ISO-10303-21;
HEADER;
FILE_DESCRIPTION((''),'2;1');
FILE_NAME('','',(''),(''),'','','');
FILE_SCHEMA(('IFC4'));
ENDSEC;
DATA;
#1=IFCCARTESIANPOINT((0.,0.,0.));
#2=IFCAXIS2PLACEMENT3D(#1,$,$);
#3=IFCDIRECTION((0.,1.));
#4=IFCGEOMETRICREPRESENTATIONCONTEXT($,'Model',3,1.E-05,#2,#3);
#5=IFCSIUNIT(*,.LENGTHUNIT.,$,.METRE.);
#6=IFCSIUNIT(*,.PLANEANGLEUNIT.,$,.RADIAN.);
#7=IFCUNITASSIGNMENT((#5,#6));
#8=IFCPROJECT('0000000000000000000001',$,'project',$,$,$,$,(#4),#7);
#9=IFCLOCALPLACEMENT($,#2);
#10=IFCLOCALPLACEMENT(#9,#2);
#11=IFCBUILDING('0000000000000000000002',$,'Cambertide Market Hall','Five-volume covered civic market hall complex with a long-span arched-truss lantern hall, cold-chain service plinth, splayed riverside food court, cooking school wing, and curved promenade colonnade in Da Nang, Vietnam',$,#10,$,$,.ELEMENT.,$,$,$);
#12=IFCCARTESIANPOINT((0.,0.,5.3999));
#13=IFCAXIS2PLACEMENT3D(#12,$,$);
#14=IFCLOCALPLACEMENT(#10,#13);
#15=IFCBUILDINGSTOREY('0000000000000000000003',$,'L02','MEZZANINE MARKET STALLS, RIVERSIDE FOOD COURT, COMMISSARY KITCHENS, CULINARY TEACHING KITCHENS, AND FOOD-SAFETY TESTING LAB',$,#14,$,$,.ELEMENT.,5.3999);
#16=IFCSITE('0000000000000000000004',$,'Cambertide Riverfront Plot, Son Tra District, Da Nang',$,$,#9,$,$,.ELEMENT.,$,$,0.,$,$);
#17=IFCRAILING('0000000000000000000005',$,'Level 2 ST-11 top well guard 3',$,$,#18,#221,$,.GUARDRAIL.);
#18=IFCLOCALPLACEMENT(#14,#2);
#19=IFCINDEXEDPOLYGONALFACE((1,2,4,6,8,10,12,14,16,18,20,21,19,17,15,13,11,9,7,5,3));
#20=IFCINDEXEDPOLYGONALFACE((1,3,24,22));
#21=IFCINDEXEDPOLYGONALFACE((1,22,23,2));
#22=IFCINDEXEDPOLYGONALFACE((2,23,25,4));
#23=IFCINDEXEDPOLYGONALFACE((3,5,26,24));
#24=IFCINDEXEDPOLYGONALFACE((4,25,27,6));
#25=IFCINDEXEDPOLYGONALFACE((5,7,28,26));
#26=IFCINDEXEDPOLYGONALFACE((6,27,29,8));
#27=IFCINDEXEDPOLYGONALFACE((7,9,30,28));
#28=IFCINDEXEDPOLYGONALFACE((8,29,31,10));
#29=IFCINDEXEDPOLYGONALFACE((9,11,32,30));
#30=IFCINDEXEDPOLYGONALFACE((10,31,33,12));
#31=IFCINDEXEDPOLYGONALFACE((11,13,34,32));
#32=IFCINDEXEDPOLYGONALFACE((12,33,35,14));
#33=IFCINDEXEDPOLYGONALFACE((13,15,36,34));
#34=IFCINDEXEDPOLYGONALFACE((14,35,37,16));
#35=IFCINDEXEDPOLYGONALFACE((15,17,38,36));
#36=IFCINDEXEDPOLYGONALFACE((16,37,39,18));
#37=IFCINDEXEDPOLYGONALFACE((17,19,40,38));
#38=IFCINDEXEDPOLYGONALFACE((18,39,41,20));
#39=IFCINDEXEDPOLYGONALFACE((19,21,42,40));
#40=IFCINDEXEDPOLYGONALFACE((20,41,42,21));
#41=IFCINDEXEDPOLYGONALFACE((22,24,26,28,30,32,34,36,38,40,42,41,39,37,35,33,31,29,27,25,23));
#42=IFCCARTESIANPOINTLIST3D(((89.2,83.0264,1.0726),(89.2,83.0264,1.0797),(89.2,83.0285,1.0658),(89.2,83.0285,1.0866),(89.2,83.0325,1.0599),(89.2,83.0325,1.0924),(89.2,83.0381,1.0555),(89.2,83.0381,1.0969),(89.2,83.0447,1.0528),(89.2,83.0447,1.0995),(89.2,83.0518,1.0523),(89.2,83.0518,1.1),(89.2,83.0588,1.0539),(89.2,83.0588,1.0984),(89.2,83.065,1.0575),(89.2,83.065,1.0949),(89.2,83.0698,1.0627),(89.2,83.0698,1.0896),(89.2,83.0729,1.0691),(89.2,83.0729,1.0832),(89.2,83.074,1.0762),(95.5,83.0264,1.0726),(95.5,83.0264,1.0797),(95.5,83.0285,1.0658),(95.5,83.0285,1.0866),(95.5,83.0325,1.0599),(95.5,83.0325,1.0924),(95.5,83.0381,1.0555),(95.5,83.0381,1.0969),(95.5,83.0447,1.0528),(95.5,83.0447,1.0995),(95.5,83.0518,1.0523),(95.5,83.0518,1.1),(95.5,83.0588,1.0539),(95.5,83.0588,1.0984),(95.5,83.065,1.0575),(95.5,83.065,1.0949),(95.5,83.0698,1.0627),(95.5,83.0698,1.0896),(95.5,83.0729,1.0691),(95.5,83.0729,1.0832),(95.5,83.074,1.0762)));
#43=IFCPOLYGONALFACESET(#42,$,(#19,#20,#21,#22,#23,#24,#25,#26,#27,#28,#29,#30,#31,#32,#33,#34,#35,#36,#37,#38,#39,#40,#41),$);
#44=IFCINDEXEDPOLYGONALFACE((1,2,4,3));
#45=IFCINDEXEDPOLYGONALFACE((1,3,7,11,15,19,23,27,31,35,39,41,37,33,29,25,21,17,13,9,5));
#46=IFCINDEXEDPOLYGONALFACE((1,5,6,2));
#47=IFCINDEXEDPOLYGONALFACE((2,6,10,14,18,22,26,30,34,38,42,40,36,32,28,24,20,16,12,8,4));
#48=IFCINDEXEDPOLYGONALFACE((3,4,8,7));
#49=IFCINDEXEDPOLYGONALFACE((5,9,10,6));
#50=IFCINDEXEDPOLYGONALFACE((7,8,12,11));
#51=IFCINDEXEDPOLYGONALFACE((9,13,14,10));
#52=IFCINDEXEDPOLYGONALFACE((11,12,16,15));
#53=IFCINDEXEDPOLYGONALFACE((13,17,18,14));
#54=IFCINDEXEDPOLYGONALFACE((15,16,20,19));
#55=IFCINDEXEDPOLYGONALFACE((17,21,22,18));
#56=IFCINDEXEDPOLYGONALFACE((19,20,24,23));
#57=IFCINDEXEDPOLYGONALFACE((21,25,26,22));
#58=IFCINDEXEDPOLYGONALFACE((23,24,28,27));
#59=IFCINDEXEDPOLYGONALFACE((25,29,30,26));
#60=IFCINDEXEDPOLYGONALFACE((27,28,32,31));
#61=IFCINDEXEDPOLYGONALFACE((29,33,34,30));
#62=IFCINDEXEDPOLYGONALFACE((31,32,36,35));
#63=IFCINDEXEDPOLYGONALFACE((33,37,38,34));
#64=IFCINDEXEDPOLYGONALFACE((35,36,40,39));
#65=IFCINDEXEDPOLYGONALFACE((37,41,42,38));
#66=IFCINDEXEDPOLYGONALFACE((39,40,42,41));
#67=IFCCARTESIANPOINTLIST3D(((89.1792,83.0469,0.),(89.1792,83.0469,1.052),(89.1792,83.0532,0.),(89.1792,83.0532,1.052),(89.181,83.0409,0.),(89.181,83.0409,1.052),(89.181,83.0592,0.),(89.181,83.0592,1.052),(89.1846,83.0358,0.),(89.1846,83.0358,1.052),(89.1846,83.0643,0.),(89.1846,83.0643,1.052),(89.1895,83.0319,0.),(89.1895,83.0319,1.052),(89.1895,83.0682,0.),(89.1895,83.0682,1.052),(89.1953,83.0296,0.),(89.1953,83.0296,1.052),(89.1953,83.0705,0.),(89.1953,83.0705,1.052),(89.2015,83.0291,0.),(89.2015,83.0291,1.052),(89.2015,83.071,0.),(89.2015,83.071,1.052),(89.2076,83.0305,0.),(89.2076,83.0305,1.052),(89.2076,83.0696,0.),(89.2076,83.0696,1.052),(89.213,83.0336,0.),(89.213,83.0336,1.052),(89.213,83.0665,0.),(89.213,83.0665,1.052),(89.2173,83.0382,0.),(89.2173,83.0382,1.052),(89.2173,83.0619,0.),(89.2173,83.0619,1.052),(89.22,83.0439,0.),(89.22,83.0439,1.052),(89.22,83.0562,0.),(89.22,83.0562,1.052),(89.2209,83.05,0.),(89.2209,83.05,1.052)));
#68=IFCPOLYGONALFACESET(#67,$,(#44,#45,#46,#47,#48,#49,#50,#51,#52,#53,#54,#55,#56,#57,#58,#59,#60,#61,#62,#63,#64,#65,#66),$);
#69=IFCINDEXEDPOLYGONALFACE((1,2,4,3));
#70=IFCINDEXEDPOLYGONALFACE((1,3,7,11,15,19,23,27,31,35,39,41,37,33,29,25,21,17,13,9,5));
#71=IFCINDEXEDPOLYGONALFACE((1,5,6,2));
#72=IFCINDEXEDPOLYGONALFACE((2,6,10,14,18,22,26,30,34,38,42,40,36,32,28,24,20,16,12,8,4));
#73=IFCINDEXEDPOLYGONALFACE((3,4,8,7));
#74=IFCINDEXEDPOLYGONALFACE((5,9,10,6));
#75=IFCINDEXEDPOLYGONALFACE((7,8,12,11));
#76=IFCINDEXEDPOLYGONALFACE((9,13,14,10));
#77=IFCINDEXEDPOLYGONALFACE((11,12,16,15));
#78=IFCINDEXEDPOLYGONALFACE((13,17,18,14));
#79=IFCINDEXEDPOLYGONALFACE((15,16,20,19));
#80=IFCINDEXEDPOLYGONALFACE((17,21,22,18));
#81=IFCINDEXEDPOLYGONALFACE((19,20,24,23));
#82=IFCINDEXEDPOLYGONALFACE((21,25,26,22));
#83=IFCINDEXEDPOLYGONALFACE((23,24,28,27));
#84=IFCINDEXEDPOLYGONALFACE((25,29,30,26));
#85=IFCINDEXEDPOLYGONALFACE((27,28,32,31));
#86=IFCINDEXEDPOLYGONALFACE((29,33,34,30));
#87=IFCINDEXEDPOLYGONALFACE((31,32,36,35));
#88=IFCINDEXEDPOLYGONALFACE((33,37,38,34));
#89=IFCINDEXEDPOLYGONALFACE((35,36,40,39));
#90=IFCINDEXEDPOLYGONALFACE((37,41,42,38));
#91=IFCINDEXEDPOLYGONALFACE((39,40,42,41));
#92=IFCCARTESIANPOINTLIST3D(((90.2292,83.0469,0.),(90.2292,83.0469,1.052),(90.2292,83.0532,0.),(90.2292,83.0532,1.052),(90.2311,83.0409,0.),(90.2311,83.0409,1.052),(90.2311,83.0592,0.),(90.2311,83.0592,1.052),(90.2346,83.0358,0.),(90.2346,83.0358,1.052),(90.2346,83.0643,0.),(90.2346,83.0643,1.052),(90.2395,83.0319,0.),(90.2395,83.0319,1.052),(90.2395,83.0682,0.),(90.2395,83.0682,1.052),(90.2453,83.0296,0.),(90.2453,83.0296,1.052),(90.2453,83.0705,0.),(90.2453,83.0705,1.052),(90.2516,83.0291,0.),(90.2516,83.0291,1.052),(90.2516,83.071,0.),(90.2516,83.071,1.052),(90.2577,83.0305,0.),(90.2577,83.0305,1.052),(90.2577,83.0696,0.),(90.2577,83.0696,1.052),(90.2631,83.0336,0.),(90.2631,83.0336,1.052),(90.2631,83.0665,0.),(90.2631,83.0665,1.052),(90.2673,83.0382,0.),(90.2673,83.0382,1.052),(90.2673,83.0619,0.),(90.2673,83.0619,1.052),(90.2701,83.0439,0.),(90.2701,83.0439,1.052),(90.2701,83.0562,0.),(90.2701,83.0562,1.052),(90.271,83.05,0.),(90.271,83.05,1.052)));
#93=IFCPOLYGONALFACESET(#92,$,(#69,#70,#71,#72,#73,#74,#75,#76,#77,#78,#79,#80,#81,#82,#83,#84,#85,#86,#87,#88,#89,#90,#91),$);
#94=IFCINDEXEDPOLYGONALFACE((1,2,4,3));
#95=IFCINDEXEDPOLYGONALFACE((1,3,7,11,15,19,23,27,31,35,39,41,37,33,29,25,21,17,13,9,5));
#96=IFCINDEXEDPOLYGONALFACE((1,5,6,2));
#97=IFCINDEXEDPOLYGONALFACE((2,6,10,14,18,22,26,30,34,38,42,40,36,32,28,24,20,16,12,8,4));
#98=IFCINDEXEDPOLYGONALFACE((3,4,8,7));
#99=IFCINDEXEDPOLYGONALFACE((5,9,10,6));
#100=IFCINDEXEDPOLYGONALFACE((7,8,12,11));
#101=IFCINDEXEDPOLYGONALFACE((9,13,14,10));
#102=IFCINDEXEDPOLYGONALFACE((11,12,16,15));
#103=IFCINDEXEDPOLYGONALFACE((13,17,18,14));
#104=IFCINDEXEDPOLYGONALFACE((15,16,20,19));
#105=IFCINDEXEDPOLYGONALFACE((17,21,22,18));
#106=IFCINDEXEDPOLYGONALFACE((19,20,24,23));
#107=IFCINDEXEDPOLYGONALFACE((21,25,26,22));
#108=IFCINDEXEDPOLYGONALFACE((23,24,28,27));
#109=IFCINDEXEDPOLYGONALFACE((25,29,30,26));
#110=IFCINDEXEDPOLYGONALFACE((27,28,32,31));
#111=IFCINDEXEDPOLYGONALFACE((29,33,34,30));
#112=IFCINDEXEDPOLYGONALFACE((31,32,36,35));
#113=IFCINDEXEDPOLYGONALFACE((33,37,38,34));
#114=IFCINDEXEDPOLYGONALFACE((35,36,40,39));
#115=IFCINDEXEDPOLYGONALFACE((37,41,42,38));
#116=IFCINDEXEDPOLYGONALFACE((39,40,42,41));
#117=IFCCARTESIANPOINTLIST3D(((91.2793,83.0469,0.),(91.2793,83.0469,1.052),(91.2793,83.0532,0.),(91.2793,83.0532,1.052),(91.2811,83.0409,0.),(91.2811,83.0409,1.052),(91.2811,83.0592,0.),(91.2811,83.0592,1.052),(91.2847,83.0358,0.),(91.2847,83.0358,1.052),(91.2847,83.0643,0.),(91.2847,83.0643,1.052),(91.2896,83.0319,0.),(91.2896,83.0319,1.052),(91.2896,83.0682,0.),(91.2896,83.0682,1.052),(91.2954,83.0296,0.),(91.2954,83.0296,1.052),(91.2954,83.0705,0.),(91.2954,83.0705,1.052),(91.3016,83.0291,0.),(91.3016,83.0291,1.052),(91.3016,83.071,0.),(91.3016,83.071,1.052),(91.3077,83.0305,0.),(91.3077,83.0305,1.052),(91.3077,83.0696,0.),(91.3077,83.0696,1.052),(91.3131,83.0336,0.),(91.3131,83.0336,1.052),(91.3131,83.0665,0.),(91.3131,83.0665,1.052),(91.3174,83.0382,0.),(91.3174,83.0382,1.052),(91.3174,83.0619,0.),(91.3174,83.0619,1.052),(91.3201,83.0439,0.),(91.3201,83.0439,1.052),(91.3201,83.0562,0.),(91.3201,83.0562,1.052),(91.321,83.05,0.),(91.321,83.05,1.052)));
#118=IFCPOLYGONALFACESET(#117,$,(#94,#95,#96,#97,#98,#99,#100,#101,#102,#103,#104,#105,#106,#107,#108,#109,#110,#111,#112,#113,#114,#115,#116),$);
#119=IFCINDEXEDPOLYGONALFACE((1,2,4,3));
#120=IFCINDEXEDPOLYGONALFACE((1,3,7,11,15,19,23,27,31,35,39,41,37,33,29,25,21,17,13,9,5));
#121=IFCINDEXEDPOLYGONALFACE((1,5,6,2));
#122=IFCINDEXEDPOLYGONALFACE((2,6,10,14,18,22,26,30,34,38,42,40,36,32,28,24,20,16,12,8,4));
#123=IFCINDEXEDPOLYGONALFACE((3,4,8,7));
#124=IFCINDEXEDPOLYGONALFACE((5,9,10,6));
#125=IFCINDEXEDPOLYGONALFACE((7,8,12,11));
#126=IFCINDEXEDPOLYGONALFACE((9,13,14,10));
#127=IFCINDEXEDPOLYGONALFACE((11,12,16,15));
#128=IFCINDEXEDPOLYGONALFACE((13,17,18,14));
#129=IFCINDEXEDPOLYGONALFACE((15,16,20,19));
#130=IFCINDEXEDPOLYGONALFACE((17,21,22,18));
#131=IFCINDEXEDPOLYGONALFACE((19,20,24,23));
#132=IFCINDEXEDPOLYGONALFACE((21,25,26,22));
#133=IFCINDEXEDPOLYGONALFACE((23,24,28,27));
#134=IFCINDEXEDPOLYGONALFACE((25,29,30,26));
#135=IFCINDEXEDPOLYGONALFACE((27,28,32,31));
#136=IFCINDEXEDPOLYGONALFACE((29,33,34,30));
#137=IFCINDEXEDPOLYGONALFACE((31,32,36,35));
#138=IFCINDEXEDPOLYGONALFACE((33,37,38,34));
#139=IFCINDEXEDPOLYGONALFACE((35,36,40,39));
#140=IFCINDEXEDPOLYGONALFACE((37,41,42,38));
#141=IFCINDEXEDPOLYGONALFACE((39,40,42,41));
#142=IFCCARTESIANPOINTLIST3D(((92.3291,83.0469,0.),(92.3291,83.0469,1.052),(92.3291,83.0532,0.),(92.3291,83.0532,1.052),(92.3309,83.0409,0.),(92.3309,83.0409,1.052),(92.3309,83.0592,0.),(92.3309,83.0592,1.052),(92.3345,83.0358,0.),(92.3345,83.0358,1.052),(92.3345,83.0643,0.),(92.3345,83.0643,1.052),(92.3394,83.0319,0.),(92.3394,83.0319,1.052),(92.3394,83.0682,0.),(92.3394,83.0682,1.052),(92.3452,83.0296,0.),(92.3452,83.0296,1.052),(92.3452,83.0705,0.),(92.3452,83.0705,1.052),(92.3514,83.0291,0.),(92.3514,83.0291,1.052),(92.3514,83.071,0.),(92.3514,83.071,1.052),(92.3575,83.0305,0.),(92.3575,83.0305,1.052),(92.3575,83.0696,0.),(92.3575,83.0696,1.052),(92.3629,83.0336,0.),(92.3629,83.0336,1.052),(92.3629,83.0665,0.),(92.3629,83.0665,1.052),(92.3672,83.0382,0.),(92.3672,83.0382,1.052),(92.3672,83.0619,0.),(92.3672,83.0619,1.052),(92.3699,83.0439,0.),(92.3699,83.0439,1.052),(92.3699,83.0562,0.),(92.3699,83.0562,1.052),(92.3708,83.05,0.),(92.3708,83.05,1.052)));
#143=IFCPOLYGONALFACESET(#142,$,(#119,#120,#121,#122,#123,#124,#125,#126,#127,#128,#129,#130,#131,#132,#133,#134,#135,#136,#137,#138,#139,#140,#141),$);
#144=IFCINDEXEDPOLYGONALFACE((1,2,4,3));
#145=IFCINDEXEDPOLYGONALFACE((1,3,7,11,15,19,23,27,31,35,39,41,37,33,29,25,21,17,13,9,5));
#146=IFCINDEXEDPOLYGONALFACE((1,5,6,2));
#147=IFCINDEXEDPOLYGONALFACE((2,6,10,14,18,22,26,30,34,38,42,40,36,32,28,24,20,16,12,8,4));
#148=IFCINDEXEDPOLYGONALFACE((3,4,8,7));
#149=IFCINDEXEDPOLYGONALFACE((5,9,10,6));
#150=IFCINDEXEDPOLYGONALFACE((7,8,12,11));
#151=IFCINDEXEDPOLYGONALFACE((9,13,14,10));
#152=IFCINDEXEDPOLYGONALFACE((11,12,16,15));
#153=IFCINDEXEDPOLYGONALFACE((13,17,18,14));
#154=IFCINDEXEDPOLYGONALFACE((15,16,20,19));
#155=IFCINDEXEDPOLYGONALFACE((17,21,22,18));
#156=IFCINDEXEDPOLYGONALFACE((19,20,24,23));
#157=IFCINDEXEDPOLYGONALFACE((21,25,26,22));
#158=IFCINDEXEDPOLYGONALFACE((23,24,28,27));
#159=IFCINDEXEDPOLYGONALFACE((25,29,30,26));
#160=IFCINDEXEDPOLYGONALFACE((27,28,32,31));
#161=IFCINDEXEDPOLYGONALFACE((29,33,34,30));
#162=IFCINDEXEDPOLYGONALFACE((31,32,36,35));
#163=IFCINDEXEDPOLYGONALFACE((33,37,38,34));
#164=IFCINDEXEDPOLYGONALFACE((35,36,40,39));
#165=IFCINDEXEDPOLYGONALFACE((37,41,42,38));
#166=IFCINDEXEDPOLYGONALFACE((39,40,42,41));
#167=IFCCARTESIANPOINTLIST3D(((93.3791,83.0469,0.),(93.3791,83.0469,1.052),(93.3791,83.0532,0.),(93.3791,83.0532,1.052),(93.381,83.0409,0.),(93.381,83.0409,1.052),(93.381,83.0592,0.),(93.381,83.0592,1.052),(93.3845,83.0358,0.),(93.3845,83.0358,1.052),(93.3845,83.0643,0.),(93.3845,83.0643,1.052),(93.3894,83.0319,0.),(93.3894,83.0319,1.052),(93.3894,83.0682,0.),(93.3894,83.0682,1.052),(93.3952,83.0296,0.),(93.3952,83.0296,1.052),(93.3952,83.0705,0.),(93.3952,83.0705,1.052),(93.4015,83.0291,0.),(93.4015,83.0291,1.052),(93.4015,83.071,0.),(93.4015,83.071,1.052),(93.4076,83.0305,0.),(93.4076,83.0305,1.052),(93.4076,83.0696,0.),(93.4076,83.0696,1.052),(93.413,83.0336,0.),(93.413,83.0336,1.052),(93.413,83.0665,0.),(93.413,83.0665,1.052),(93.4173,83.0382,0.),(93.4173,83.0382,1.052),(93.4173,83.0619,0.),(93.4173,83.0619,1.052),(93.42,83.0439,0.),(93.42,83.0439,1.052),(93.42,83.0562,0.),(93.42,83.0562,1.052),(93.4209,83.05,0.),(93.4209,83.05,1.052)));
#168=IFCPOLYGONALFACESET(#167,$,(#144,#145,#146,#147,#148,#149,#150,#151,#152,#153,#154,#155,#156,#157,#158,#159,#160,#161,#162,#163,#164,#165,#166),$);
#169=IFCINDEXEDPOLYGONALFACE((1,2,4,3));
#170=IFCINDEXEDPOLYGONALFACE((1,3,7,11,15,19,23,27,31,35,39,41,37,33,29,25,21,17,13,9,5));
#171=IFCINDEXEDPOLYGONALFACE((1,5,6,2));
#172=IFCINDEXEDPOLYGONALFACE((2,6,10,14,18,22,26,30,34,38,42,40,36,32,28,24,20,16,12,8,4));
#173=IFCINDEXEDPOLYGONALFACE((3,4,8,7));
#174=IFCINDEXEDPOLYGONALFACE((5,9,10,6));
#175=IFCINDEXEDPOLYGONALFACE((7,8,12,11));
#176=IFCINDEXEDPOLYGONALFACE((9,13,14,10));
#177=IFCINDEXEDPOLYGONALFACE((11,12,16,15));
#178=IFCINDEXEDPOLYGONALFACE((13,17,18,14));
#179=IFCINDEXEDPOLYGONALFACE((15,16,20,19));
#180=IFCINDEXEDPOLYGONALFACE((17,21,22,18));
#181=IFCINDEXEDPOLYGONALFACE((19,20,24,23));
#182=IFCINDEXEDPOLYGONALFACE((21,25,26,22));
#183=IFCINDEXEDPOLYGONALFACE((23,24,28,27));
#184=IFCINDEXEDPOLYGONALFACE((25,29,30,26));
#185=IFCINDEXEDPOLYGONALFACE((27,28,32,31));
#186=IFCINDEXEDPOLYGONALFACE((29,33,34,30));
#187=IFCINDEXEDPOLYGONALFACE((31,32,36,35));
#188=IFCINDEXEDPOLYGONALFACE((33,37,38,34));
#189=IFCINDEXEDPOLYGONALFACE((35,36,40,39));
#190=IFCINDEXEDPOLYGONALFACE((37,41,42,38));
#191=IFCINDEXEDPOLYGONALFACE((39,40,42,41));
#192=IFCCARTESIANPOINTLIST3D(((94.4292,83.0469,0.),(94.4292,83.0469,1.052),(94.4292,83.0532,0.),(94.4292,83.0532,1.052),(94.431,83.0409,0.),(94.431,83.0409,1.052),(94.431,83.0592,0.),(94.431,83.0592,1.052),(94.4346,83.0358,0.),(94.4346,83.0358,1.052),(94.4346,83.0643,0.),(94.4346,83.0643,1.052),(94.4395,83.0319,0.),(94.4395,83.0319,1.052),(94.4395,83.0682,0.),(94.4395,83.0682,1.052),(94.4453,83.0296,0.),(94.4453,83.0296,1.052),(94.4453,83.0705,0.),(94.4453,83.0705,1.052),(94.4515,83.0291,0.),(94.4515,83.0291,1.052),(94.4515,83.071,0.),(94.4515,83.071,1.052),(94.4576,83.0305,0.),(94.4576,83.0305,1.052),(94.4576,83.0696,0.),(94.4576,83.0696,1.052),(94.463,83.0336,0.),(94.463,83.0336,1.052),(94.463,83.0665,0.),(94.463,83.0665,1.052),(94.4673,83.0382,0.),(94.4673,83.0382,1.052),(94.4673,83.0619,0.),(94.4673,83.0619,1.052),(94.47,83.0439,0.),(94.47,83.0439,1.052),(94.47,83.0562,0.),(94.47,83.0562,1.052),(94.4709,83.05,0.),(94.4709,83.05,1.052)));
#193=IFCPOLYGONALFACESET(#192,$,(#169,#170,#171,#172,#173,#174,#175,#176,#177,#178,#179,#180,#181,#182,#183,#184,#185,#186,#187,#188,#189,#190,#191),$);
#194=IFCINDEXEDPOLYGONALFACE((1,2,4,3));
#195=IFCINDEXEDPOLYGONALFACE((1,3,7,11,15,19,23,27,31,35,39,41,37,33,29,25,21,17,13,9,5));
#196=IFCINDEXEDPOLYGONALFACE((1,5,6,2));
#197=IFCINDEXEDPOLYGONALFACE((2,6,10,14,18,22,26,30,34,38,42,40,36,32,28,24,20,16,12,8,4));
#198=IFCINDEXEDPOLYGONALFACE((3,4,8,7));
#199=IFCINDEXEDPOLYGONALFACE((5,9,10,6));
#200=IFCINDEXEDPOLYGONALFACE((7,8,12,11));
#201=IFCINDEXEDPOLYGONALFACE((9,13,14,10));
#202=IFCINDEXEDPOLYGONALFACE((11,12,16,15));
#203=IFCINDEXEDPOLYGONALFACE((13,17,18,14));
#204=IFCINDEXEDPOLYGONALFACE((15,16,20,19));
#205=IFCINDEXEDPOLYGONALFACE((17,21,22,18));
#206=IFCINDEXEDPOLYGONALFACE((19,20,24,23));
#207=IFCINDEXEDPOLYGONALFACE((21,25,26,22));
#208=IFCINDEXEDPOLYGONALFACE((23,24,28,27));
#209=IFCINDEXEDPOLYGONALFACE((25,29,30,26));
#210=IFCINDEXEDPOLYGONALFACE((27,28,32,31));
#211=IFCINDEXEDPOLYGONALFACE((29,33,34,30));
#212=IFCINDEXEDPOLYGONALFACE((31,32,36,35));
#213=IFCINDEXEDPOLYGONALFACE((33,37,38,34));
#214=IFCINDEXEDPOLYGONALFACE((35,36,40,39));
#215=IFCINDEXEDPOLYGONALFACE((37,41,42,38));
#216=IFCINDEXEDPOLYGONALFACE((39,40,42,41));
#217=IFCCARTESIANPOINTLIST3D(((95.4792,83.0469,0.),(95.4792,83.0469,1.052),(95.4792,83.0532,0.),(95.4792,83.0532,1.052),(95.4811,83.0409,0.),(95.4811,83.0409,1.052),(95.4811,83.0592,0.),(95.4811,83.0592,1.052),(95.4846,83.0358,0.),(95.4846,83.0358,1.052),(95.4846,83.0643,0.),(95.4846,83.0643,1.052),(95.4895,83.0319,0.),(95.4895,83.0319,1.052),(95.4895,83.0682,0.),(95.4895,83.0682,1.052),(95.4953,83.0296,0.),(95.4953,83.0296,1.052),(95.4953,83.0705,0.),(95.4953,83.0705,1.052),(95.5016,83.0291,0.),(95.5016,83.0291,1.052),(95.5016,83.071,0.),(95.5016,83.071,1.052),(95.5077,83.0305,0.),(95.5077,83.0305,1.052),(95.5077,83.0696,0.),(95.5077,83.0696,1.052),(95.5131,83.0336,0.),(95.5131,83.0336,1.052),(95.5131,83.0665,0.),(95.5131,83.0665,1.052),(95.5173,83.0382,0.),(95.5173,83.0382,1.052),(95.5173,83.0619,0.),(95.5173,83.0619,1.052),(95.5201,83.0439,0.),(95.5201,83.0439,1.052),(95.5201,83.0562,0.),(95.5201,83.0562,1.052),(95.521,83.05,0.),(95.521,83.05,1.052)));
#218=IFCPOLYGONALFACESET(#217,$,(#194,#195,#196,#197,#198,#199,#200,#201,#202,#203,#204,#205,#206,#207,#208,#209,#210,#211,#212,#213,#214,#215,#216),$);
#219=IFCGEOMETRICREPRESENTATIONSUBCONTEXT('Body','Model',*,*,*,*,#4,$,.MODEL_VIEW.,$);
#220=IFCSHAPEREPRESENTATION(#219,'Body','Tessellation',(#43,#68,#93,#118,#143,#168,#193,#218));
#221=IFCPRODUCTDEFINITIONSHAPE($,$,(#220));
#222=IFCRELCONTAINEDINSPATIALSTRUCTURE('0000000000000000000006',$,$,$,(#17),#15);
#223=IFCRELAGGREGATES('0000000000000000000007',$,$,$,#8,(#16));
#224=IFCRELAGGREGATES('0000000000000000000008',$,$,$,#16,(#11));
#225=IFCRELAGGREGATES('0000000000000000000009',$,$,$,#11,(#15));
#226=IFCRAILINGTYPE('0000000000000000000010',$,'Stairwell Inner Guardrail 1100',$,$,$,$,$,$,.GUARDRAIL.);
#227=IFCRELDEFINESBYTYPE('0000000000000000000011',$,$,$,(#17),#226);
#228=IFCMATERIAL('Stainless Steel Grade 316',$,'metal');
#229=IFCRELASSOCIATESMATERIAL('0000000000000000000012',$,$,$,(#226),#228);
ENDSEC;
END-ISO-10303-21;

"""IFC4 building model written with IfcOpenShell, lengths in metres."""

from ifc_helpers import new_model, si_unit, direction, frame, origin, origin_2d, place, context, subcontext, project, spatial, circle, extrude, material, type_object, element, save


model = new_model("IFC4")

# Units and contexts
model_context = context("Model", 3, precision=1e-05, world=origin(), true_north=direction((0.0, 1.0)))
body_context = subcontext(model_context, "Body", "Model", "MODEL_VIEW")
ifc_project = project(units=[si_unit("LENGTHUNIT", "METRE"), si_unit("PLANEANGLEUNIT", "RADIAN")], contexts=[model_context])

# Site, building, storey
site_placement = place(None, origin())
site = spatial("IfcSite", under=ifc_project, at=site_placement, Name="Cambertide Riverfront Plot, Son Tra District, Da Nang", CompositionType="ELEMENT", RefElevation=0.0)
building_placement = place(site_placement, origin())
building = spatial("IfcBuilding", under=site, at=building_placement, Name="Cambertide Market Hall", Description="Five-volume covered civic market hall complex with a long-span arched-truss lantern hall, cold-chain service plinth, splayed riverside food court, cooking school wing, and curved promenade colonnade in Da Nang, Vietnam", CompositionType="ELEMENT")
storey_placement = place(building_placement, frame((0.0, 0.0, 5.3999)))
storey = spatial("IfcBuildingStorey", under=building, at=storey_placement, Name="L02", Description="MEZZANINE MARKET STALLS, RIVERSIDE FOOD COURT, COMMISSARY KITCHENS, CULINARY TEACHING KITCHENS, AND FOOD-SAFETY TESTING LAB", CompositionType="ELEMENT", Elevation=5.3999)

# Railing
ifc_material_1 = material(Name="Stainless Steel Grade 316", Category="metal")
railing_type = type_object("IfcRailingType", Name="Stairwell Inner Guardrail 1100", PredefinedType="GUARDRAIL", material=ifc_material_1)
for number, where, name in (
    (1, (89.2, 83.05, 0.0), "Level 2 ST-11 top well guard 3"),
):
    element("IfcRailing", number, at=place(storey_placement, frame(where)), inside=storey, type_object=railing_type, Name=name, PredefinedType="GUARDRAIL", context=body_context, shape_type="SweptSolid", body=[
        extrude(circle(Radius=0.0239, at=origin_2d()), frame((0.0, 0.0, 1.0762), z_axis=(1.0, 0.0, 0.0), x_axis=(0.0, 1.0, 0.0)), (0.0, 0.0, 1.0), 6.3),
        extrude(circle(Radius=0.021, at=origin_2d()), origin(), (0.0, 0.0, 1.0), 1.052),
        extrude(circle(Radius=0.021, at=origin_2d()), frame((1.05, 0.0, 0.0)), (0.0, 0.0, 1.0), 1.052),
        extrude(circle(Radius=0.021, at=origin_2d()), frame((2.1001, 0.0, 0.0)), (0.0, 0.0, 1.0), 1.052),
        extrude(circle(Radius=0.021, at=origin_2d()), frame((3.1499, 0.0, 0.0)), (0.0, 0.0, 1.0), 1.052),
        extrude(circle(Radius=0.021, at=origin_2d()), frame((4.2, 0.0, 0.0)), (0.0, 0.0, 1.0), 1.052),
        extrude(circle(Radius=0.021, at=origin_2d()), frame((5.25, 0.0, 0.0)), (0.0, 0.0, 1.0), 1.052),
        extrude(circle(Radius=0.021, at=origin_2d()), frame((6.3, 0.0, 0.0)), (0.0, 0.0, 1.0), 1.052),
    ])

save(model, "model.ifc")
